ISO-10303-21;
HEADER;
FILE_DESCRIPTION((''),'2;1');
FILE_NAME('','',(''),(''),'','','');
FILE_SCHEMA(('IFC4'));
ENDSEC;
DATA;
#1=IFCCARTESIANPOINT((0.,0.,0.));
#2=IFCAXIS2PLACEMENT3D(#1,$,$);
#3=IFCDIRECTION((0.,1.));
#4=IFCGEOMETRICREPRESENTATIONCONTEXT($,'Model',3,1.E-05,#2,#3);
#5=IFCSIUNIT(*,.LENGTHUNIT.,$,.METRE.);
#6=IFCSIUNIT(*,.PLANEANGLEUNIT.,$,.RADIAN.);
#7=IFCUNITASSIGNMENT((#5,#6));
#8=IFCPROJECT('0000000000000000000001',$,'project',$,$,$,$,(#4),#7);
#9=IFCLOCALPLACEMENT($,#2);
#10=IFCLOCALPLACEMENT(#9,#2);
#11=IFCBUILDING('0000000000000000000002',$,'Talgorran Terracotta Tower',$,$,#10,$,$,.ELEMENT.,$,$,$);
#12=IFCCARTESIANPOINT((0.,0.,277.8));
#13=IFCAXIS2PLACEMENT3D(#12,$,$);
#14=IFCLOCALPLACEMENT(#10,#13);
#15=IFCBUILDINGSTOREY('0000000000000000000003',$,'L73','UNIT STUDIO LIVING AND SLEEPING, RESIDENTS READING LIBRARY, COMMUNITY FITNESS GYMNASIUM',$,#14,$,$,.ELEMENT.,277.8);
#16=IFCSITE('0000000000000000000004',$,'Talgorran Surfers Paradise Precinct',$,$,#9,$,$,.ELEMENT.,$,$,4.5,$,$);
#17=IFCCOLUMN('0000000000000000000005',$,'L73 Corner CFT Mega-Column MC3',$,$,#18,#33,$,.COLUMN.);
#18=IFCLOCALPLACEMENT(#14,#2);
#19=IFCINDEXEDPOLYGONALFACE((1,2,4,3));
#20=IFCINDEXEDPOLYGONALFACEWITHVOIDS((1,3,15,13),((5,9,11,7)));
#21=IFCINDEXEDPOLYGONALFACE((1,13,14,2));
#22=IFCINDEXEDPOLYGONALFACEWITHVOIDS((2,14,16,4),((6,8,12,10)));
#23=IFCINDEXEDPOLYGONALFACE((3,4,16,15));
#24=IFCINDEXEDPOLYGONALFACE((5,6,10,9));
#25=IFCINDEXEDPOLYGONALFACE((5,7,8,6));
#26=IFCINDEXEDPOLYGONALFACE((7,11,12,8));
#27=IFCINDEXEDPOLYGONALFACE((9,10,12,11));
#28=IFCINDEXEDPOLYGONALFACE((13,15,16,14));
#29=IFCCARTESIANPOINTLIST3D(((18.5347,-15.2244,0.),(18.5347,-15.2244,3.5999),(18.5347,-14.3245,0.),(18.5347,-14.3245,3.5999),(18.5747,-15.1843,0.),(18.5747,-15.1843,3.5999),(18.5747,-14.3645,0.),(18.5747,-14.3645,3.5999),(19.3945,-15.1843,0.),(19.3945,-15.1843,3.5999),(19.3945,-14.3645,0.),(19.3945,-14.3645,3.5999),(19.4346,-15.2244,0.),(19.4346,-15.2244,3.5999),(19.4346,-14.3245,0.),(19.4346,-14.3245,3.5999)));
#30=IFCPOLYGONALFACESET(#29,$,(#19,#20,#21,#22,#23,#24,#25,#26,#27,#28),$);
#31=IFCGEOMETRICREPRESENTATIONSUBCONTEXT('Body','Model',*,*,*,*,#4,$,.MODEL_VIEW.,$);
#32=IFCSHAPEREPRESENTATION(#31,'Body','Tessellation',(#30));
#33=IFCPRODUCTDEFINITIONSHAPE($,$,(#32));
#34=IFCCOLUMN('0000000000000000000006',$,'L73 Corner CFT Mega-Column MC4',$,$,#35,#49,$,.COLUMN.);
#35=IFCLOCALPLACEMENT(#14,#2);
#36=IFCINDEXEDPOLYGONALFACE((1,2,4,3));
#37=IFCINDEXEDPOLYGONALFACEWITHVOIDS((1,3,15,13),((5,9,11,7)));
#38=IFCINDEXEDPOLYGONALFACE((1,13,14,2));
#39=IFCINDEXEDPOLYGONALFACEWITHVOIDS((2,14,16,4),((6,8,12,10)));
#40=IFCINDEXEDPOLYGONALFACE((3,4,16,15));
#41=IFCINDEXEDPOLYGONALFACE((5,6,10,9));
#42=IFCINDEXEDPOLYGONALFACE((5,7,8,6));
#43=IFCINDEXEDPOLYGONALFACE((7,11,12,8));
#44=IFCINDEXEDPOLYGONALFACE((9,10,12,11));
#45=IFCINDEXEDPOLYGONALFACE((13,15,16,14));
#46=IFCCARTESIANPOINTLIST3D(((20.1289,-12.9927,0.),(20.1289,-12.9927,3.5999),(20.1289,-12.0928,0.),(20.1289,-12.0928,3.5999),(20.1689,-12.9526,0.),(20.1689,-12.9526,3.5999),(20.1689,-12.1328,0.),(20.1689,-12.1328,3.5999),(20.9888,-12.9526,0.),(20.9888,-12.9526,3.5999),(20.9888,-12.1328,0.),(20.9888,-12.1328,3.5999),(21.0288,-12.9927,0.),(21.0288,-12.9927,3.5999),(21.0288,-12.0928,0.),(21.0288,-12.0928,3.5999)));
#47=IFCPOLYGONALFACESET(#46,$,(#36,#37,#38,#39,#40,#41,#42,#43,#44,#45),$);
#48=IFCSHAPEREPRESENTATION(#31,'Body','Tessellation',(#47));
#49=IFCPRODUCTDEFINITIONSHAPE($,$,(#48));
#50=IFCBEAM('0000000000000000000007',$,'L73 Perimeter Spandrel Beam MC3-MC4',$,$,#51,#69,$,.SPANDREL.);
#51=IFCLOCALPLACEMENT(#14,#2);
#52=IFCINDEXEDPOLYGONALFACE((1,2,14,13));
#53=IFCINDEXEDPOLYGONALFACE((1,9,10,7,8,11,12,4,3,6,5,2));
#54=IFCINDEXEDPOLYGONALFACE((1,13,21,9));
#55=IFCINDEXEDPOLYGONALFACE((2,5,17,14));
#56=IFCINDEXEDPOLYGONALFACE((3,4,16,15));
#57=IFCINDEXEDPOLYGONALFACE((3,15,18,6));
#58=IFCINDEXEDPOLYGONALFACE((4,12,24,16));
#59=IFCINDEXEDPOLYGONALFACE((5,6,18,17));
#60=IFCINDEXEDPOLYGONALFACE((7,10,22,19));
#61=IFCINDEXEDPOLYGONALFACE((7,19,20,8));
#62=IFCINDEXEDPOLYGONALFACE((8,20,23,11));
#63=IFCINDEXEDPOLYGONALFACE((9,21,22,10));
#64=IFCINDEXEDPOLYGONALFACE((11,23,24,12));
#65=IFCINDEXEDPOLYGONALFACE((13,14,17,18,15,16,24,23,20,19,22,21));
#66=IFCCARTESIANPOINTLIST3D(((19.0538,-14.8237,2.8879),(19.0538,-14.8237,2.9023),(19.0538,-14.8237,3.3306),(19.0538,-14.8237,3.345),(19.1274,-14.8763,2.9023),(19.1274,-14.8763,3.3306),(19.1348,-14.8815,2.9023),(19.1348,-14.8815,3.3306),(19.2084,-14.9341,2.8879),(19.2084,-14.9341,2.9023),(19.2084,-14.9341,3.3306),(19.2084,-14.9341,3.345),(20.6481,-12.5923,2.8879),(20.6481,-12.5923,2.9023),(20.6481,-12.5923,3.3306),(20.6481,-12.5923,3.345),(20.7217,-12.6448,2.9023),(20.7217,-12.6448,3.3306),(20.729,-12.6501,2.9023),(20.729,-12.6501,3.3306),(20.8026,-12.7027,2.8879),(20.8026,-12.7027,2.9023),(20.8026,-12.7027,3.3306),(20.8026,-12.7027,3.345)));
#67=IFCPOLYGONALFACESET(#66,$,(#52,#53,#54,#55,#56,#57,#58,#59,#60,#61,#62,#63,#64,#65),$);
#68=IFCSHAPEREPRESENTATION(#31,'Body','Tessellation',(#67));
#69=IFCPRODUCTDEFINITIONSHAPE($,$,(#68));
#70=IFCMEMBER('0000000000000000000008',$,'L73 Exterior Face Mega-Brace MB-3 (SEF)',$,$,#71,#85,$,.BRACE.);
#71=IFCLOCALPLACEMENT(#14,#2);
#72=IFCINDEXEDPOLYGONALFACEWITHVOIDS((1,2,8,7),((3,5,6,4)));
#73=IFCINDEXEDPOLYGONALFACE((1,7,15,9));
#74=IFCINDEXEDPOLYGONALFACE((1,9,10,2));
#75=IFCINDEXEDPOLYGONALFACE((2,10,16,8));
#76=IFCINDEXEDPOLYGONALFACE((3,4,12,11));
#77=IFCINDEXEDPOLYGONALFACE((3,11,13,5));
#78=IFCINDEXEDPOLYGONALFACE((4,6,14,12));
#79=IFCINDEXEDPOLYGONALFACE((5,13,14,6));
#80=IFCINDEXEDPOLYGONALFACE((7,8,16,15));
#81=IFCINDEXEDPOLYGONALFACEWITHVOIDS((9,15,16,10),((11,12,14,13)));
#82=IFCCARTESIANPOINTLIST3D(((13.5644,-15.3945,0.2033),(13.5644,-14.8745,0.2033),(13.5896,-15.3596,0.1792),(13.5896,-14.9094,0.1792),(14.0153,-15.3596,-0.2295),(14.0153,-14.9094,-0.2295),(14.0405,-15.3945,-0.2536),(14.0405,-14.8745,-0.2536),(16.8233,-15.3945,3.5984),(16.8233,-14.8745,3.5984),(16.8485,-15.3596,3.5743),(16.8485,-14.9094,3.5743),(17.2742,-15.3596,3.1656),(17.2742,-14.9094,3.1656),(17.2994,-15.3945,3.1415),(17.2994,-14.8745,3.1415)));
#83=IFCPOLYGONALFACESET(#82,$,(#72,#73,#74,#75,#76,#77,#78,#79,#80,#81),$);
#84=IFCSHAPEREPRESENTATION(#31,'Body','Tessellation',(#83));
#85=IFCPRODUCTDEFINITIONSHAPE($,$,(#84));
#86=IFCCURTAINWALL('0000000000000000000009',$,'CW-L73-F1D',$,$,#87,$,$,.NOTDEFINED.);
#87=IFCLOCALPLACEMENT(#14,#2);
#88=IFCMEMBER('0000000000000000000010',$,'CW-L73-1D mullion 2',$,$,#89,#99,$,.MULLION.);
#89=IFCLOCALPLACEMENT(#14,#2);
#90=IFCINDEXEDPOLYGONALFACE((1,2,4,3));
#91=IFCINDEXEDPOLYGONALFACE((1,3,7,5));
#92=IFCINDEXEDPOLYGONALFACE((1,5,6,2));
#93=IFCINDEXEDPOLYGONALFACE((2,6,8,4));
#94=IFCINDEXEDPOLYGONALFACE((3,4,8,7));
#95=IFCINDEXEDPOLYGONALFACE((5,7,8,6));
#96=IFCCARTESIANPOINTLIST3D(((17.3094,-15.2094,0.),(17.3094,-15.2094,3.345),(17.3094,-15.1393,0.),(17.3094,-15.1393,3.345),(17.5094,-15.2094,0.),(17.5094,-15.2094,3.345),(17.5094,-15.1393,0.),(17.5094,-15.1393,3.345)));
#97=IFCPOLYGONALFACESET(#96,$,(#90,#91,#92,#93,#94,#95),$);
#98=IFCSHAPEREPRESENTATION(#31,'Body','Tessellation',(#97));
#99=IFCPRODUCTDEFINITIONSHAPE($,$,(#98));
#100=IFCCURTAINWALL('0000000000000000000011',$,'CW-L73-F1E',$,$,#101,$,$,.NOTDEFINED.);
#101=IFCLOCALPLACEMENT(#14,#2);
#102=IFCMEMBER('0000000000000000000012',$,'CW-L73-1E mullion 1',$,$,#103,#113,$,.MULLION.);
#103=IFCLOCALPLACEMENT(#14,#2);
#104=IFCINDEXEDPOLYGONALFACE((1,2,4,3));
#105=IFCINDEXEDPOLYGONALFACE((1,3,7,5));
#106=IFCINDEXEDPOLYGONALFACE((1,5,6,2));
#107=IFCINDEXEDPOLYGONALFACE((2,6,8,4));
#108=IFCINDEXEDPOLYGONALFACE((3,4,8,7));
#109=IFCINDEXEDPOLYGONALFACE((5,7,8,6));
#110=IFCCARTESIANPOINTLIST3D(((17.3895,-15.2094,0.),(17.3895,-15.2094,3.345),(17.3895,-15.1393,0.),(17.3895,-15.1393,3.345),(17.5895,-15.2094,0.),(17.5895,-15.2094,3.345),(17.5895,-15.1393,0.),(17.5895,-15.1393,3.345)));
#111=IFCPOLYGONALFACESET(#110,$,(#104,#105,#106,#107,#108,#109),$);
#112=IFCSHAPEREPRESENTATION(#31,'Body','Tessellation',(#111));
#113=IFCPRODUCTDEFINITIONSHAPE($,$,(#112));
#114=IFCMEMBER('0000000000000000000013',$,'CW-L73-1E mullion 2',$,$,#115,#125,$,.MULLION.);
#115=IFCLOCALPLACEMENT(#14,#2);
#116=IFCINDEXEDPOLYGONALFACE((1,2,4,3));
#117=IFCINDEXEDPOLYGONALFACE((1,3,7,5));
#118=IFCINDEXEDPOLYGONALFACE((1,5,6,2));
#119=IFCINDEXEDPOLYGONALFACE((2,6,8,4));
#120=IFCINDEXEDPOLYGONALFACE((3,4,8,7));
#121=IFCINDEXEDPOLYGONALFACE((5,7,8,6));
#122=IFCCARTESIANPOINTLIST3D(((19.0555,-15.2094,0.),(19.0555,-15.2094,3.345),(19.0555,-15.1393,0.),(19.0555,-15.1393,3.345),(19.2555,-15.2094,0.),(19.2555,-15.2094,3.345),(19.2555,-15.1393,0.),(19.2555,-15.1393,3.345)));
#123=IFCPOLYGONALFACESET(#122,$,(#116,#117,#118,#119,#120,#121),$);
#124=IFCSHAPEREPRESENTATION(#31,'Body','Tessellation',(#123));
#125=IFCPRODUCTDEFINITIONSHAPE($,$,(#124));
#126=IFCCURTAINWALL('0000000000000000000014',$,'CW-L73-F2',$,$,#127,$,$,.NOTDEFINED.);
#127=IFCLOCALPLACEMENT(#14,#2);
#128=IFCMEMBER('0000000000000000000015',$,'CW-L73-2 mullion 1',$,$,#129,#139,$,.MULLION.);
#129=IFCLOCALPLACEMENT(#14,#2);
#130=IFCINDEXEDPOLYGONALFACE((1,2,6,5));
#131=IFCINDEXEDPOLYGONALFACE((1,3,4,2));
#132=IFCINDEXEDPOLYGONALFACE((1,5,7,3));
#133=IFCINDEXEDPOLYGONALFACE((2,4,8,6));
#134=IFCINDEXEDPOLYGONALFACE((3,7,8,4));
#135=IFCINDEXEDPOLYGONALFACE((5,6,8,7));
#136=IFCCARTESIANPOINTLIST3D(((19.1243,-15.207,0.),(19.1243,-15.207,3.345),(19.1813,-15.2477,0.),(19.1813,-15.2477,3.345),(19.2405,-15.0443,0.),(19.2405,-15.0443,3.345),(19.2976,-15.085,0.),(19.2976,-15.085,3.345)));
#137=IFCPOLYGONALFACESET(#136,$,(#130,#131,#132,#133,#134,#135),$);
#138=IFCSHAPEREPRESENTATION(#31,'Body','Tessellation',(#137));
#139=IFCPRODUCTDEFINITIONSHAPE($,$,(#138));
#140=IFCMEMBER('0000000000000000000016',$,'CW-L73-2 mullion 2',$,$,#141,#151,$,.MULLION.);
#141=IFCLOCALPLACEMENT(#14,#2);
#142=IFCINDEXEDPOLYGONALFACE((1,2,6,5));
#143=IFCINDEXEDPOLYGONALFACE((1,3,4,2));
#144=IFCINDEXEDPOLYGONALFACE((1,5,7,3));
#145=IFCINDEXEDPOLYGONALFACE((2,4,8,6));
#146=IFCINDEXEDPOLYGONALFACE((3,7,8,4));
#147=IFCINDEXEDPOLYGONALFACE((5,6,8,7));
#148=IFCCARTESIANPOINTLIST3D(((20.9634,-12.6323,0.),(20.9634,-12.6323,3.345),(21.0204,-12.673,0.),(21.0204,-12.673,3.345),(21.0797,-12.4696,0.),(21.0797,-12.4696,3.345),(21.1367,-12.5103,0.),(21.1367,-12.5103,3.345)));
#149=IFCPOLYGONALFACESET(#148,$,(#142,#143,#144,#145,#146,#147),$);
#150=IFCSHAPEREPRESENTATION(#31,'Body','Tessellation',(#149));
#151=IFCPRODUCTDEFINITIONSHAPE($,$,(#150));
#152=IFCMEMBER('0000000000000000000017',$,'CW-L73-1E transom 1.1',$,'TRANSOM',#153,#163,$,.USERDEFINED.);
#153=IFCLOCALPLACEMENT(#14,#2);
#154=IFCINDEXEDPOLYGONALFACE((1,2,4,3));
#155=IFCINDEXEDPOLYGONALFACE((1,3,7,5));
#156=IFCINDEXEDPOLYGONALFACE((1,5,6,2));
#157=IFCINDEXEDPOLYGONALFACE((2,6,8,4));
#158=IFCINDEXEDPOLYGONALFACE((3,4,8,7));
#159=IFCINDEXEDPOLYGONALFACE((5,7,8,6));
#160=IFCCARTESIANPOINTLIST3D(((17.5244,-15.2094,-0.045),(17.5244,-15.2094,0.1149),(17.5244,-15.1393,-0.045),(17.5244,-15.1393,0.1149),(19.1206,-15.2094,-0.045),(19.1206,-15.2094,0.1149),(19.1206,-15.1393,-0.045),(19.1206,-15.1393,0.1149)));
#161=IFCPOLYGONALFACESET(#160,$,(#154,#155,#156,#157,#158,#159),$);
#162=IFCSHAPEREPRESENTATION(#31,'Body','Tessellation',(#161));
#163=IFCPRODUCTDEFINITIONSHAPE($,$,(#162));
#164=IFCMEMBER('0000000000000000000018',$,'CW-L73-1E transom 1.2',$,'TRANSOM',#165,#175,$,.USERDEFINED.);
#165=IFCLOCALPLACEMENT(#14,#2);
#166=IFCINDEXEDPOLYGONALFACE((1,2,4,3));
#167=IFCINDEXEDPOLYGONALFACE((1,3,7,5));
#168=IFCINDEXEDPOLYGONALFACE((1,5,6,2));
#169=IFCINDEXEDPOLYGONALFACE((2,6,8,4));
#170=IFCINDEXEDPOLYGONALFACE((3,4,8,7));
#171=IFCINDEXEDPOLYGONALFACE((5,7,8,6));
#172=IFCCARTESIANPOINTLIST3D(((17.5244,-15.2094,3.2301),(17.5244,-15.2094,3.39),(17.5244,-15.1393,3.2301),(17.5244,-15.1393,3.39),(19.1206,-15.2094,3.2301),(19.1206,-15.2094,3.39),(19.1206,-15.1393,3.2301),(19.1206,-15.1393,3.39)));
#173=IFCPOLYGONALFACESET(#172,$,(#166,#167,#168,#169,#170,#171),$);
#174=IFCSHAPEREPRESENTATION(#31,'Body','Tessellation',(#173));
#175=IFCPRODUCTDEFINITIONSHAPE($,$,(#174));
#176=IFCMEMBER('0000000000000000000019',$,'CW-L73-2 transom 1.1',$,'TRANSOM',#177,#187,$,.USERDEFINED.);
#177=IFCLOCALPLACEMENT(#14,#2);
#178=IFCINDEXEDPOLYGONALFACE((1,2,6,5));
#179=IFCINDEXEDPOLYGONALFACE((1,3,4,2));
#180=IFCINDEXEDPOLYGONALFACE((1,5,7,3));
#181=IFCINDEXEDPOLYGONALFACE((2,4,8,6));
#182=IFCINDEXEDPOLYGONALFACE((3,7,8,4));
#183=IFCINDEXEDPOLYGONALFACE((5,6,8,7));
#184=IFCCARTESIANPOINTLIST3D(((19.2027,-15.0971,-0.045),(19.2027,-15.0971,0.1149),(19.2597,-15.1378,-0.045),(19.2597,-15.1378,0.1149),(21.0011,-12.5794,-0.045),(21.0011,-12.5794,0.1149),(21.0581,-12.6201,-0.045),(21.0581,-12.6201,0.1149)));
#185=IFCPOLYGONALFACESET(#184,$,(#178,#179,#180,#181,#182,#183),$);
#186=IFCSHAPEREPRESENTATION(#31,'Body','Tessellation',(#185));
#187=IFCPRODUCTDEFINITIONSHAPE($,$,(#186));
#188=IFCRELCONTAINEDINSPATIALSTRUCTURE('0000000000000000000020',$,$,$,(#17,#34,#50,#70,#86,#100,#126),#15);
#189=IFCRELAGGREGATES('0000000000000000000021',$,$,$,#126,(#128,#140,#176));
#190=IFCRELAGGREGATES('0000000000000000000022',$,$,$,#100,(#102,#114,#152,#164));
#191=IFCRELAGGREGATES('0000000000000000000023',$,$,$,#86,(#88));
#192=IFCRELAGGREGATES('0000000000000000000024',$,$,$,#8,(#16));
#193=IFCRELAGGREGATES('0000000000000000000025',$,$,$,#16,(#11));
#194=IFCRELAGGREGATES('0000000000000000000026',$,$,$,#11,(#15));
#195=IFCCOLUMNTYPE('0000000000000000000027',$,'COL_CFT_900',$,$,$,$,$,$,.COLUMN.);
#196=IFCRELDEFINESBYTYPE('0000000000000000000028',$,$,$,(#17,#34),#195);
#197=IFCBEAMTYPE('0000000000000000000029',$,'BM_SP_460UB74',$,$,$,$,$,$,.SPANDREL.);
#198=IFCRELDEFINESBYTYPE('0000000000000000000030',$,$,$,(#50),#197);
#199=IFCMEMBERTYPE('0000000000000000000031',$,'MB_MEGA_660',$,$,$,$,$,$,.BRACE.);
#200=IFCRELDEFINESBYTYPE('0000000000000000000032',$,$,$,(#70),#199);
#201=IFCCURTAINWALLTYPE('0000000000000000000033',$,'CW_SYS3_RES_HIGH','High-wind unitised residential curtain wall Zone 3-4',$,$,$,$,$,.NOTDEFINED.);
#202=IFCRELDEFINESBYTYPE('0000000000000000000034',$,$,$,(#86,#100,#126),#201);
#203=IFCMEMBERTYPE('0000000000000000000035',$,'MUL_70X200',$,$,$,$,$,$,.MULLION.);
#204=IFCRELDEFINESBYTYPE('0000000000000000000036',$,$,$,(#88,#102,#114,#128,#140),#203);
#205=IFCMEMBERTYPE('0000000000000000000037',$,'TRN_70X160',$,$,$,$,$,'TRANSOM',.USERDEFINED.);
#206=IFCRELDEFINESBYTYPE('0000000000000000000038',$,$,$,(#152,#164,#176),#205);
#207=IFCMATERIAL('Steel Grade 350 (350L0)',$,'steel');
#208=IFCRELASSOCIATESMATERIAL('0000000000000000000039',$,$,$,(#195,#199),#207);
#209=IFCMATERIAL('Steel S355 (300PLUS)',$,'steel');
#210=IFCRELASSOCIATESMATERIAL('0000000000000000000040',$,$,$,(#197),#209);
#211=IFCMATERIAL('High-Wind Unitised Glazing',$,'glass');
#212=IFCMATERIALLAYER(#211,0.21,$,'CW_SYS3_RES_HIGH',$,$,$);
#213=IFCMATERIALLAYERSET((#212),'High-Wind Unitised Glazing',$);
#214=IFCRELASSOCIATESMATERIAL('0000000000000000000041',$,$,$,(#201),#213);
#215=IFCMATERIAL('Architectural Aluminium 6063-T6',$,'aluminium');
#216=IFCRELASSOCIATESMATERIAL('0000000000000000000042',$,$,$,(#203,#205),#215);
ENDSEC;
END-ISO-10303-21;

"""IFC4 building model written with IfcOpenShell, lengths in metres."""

from ifc_helpers import new_model, si_unit, direction, frame, origin, origin_2d, place, context, subcontext, project, spatial, rectangle, hollow_rectangle, i_section, extrude, material, layer, layer_set, material_profile, profile_set, type_object, element, aggregate, save


model = new_model("IFC4")

# Units and contexts
model_context = context("Model", 3, precision=1e-05, world=origin(), true_north=direction((0.0, 1.0)))
body_context = subcontext(model_context, "Body", "Model", "MODEL_VIEW")
ifc_project = project(units=[si_unit("LENGTHUNIT", "METRE"), si_unit("PLANEANGLEUNIT", "RADIAN")], contexts=[model_context])

# Site, building, storey
site_placement = place(None, origin())
site = spatial("IfcSite", under=ifc_project, at=site_placement, Name="Talgorran Surfers Paradise Precinct", CompositionType="ELEMENT", RefElevation=4.5)
building_placement = place(site_placement, origin())
building = spatial("IfcBuilding", under=site, at=building_placement, Name="Talgorran Terracotta Tower", CompositionType="ELEMENT")
storey_placement = place(building_placement, frame((0.0, 0.0, 277.8)))
storey = spatial("IfcBuildingStorey", under=building, at=storey_placement, Name="L73", Description="UNIT STUDIO LIVING AND SLEEPING, RESIDENTS READING LIBRARY, COMMUNITY FITNESS GYMNASIUM", CompositionType="ELEMENT", Elevation=277.8)

# Columns
ifc_material_1 = material(Name="Steel Grade 350 (350L0)", Category="steel")
ifc_material_profile_1 = material_profile(ifc_material_1, hollow_rectangle(XDim=0.8999, YDim=0.8999, WallThickness=0.04, at=origin_2d()), Name="CFT900X900X40")
ifc_profile_set_1 = profile_set([ifc_material_profile_1], Name="Steel Grade 350 (350L0)")
column_type = type_object("IfcColumnType", Name="COL_CFT_900", PredefinedType="COLUMN", material=ifc_profile_set_1)
for number, where, z_axis, x_axis, name in (
    (1, (18.9846, -14.7744, 0.0), (0.0, 0.0, 1.0), (1.0, 0.0, 0.0), "L73 Corner CFT Mega-Column MC3"),
    (2, (20.5789, -12.5427, 0.0), (0.0, 0.0, 1.0), (1.0, 0.0, 0.0), "L73 Corner CFT Mega-Column MC4"),
):
    element("IfcColumn", number, at=place(storey_placement, frame(where, z_axis=z_axis, x_axis=x_axis)), inside=storey, type_object=column_type, Name=name, PredefinedType="COLUMN", context=body_context, shape_type="SweptSolid", body=[
        extrude(hollow_rectangle(XDim=0.8999, YDim=0.8999, WallThickness=0.04, at=origin_2d()), origin(), (0.0, 0.0, 1.0), 3.5999),
    ])

# Beam
ifc_material_2 = material(Name="Steel S355 (300PLUS)", Category="steel")
ifc_material_profile_2 = material_profile(ifc_material_2, i_section(OverallWidth=0.1899, OverallDepth=0.457, WebThickness=0.009, FlangeThickness=0.0144, at=origin_2d()), Name="460UB74.6")
ifc_profile_set_2 = profile_set([ifc_material_profile_2], Name="Steel S355 (300PLUS)")
beam_type = type_object("IfcBeamType", Name="BM_SP_460UB74", PredefinedType="SPANDREL", material=ifc_profile_set_2)
beam_placement = place(storey_placement, frame((19.1311, -14.8789, 3.1165), z_axis=(0.581322, 0.813673, 0.0), x_axis=(-0.813673, 0.581322, 0.0)))
element("IfcBeam", 3, at=beam_placement, inside=storey, type_object=beam_type, Name="L73 Perimeter Spandrel Beam MC3-MC4", PredefinedType="SPANDREL", context=body_context, shape_type="SweptSolid", body=[
    extrude(i_section(OverallWidth=0.1899, OverallDepth=0.457, WebThickness=0.009, FlangeThickness=0.0144, at=origin_2d()), origin(), (0.0, 0.0, 1.0), 2.7424),
])

# Member
ifc_material_profile_3 = material_profile(ifc_material_1, hollow_rectangle(XDim=0.52, YDim=0.6599, WallThickness=0.0349, at=origin_2d()), Name="WBOX660X520X35")
ifc_profile_set_3 = profile_set([ifc_material_profile_3], Name="Steel Grade 350 (350L0)")
member_type_1 = type_object("IfcMemberType", Name="MB_MEGA_660", PredefinedType="BRACE", material=ifc_profile_set_3)
member_1_placement = place(storey_placement, frame((13.8025, -15.1345, -0.0251), z_axis=(0.692484, 0.0, 0.721433), x_axis=(0.0, 1.0, 0.0)))
element("IfcMember", 4, at=member_1_placement, inside=storey, type_object=member_type_1, Name="L73 Exterior Face Mega-Brace MB-3 (SEF)", PredefinedType="BRACE", context=body_context, shape_type="SweptSolid", body=[
    extrude(hollow_rectangle(XDim=0.52, YDim=0.6599, WallThickness=0.0349, at=origin_2d()), origin(), (0.0, 0.0, 1.0), 4.7061),
])

# Curtain wall, member
ifc_material_3 = material(Name="High-Wind Unitised Glazing", Category="glass")
ifc_layer_1 = layer(ifc_material_3, 0.21, Name="CW_SYS3_RES_HIGH")
ifc_layer_set_1 = layer_set([ifc_layer_1], Name="High-Wind Unitised Glazing")
curtain_wall_type = type_object("IfcCurtainWallType", Name="CW_SYS3_RES_HIGH", Description="High-wind unitised residential curtain wall Zone 3-4", PredefinedType="NOTDEFINED", material=ifc_layer_set_1)
curtain_wall_1_placement = place(storey_placement, origin())
curtain_wall_1 = element("IfcCurtainWall", 5, at=curtain_wall_1_placement, inside=storey, type_object=curtain_wall_type, Name="CW-L73-F1D", PredefinedType="NOTDEFINED")
ifc_material_4 = material(Name="Architectural Aluminium 6063-T6", Category="aluminium")
ifc_material_profile_4 = material_profile(ifc_material_4, rectangle(XDim=0.0701, YDim=0.2, at=origin_2d()), Name="CWM70X200")
ifc_profile_set_4 = profile_set([ifc_material_profile_4], Name="Architectural Aluminium 6063-T6")
member_type_2 = type_object("IfcMemberType", Name="MUL_70X200", PredefinedType="MULLION", material=ifc_profile_set_4)
member_2_placement = place(storey_placement, frame((17.4094, -15.1743, 0.0), z_axis=(0.0, 0.0, 1.0), x_axis=(0.0, 1.0, 0.0)))
member_2 = element("IfcMember", 6, at=member_2_placement, type_object=member_type_2, Name="CW-L73-1D mullion 2", PredefinedType="MULLION", context=body_context, shape_type="SweptSolid", body=[
    extrude(rectangle(XDim=0.0701, YDim=0.2, at=origin_2d()), origin(), (0.0, 0.0, 1.0), 3.345),
])

# Curtain walls, members
curtain_wall_2_placement = place(storey_placement, origin())
curtain_wall_2 = element("IfcCurtainWall", 7, at=curtain_wall_2_placement, inside=storey, type_object=curtain_wall_type, Name="CW-L73-F1E", PredefinedType="NOTDEFINED")
member_3_placement = place(storey_placement, frame((17.4895, -15.1743, 0.0), z_axis=(0.0, 0.0, 1.0), x_axis=(0.0, 1.0, 0.0)))
member_3 = element("IfcMember", 8, at=member_3_placement, type_object=member_type_2, Name="CW-L73-1E mullion 1", PredefinedType="MULLION", context=body_context, shape_type="SweptSolid", body=[
    extrude(rectangle(XDim=0.0701, YDim=0.2, at=origin_2d()), origin(), (0.0, 0.0, 1.0), 3.345),
])
member_4_placement = place(storey_placement, frame((19.1555, -15.1743, 0.0), z_axis=(0.0, 0.0, 1.0), x_axis=(0.0, 1.0, 0.0)))
member_4 = element("IfcMember", 9, at=member_4_placement, type_object=member_type_2, Name="CW-L73-1E mullion 2", PredefinedType="MULLION", context=body_context, shape_type="SweptSolid", body=[
    extrude(rectangle(XDim=0.0701, YDim=0.2, at=origin_2d()), origin(), (0.0, 0.0, 1.0), 3.345),
])
curtain_wall_3_placement = place(storey_placement, origin())
curtain_wall_3 = element("IfcCurtainWall", 10, at=curtain_wall_3_placement, inside=storey, type_object=curtain_wall_type, Name="CW-L73-F2", PredefinedType="NOTDEFINED")
member_5_placement = place(storey_placement, frame((19.2109, -15.146, 0.0), z_axis=(0.0, 0.0, 1.0), x_axis=(-0.813721, 0.581256, 0.0)))
member_5 = element("IfcMember", 11, at=member_5_placement, type_object=member_type_2, Name="CW-L73-2 mullion 1", PredefinedType="MULLION", context=body_context, shape_type="SweptSolid", body=[
    extrude(rectangle(XDim=0.0701, YDim=0.2, at=origin_2d()), origin(), (0.0, 0.0, 1.0), 3.345),
])
member_6_placement = place(storey_placement, frame((21.05, -12.5713, 0.0), z_axis=(0.0, 0.0, 1.0), x_axis=(-0.813721, 0.581256, 0.0)))
member_6 = element("IfcMember", 12, at=member_6_placement, type_object=member_type_2, Name="CW-L73-2 mullion 2", PredefinedType="MULLION", context=body_context, shape_type="SweptSolid", body=[
    extrude(rectangle(XDim=0.0701, YDim=0.2, at=origin_2d()), origin(), (0.0, 0.0, 1.0), 3.345),
])

# Members
ifc_material_profile_5 = material_profile(ifc_material_4, rectangle(XDim=0.0701, YDim=0.1599, at=origin_2d()), Name="CWT70X160")
ifc_profile_set_5 = profile_set([ifc_material_profile_5], Name="Architectural Aluminium 6063-T6")
member_type_3 = type_object("IfcMemberType", Name="TRN_70X160", ElementType="TRANSOM", PredefinedType="USERDEFINED", material=ifc_profile_set_5)
member_7_placement = place(storey_placement, frame((17.5244, -15.1743, 0.0349), z_axis=(1.0, 0.0, 0.0), x_axis=(0.0, 1.0, 0.0)))
member_7 = element("IfcMember", 13, at=member_7_placement, type_object=member_type_3, Name="CW-L73-1E transom 1.1", ObjectType="TRANSOM", PredefinedType="USERDEFINED", context=body_context, shape_type="SweptSolid", body=[
    extrude(rectangle(XDim=0.0701, YDim=0.1599, at=origin_2d()), origin(), (0.0, 0.0, 1.0), 1.5962),
])
member_8_placement = place(storey_placement, frame((17.5244, -15.1743, 3.3101), z_axis=(1.0, 0.0, 0.0), x_axis=(0.0, 1.0, 0.0)))
member_8 = element("IfcMember", 14, at=member_8_placement, type_object=member_type_3, Name="CW-L73-1E transom 1.2", ObjectType="TRANSOM", PredefinedType="USERDEFINED", context=body_context, shape_type="SweptSolid", body=[
    extrude(rectangle(XDim=0.0701, YDim=0.1599, at=origin_2d()), origin(), (0.0, 0.0, 1.0), 1.5962),
])
member_9_placement = place(storey_placement, frame((19.2312, -15.1174, 0.0349), z_axis=(0.581253, 0.813723, 0.0), x_axis=(-0.813723, 0.581253, 0.0)))
member_9 = element("IfcMember", 15, at=member_9_placement, type_object=member_type_3, Name="CW-L73-2 transom 1.1", ObjectType="TRANSOM", PredefinedType="USERDEFINED", context=body_context, shape_type="SweptSolid", body=[
    extrude(rectangle(XDim=0.0701, YDim=0.1599, at=origin_2d()), origin(), (0.0, 0.0, 1.0), 3.094),
])

aggregate(curtain_wall_3, [member_5, member_6, member_9])
aggregate(curtain_wall_2, [member_3, member_4, member_7, member_8])
aggregate(curtain_wall_1, [member_2])

save(model, "model.ifc")
